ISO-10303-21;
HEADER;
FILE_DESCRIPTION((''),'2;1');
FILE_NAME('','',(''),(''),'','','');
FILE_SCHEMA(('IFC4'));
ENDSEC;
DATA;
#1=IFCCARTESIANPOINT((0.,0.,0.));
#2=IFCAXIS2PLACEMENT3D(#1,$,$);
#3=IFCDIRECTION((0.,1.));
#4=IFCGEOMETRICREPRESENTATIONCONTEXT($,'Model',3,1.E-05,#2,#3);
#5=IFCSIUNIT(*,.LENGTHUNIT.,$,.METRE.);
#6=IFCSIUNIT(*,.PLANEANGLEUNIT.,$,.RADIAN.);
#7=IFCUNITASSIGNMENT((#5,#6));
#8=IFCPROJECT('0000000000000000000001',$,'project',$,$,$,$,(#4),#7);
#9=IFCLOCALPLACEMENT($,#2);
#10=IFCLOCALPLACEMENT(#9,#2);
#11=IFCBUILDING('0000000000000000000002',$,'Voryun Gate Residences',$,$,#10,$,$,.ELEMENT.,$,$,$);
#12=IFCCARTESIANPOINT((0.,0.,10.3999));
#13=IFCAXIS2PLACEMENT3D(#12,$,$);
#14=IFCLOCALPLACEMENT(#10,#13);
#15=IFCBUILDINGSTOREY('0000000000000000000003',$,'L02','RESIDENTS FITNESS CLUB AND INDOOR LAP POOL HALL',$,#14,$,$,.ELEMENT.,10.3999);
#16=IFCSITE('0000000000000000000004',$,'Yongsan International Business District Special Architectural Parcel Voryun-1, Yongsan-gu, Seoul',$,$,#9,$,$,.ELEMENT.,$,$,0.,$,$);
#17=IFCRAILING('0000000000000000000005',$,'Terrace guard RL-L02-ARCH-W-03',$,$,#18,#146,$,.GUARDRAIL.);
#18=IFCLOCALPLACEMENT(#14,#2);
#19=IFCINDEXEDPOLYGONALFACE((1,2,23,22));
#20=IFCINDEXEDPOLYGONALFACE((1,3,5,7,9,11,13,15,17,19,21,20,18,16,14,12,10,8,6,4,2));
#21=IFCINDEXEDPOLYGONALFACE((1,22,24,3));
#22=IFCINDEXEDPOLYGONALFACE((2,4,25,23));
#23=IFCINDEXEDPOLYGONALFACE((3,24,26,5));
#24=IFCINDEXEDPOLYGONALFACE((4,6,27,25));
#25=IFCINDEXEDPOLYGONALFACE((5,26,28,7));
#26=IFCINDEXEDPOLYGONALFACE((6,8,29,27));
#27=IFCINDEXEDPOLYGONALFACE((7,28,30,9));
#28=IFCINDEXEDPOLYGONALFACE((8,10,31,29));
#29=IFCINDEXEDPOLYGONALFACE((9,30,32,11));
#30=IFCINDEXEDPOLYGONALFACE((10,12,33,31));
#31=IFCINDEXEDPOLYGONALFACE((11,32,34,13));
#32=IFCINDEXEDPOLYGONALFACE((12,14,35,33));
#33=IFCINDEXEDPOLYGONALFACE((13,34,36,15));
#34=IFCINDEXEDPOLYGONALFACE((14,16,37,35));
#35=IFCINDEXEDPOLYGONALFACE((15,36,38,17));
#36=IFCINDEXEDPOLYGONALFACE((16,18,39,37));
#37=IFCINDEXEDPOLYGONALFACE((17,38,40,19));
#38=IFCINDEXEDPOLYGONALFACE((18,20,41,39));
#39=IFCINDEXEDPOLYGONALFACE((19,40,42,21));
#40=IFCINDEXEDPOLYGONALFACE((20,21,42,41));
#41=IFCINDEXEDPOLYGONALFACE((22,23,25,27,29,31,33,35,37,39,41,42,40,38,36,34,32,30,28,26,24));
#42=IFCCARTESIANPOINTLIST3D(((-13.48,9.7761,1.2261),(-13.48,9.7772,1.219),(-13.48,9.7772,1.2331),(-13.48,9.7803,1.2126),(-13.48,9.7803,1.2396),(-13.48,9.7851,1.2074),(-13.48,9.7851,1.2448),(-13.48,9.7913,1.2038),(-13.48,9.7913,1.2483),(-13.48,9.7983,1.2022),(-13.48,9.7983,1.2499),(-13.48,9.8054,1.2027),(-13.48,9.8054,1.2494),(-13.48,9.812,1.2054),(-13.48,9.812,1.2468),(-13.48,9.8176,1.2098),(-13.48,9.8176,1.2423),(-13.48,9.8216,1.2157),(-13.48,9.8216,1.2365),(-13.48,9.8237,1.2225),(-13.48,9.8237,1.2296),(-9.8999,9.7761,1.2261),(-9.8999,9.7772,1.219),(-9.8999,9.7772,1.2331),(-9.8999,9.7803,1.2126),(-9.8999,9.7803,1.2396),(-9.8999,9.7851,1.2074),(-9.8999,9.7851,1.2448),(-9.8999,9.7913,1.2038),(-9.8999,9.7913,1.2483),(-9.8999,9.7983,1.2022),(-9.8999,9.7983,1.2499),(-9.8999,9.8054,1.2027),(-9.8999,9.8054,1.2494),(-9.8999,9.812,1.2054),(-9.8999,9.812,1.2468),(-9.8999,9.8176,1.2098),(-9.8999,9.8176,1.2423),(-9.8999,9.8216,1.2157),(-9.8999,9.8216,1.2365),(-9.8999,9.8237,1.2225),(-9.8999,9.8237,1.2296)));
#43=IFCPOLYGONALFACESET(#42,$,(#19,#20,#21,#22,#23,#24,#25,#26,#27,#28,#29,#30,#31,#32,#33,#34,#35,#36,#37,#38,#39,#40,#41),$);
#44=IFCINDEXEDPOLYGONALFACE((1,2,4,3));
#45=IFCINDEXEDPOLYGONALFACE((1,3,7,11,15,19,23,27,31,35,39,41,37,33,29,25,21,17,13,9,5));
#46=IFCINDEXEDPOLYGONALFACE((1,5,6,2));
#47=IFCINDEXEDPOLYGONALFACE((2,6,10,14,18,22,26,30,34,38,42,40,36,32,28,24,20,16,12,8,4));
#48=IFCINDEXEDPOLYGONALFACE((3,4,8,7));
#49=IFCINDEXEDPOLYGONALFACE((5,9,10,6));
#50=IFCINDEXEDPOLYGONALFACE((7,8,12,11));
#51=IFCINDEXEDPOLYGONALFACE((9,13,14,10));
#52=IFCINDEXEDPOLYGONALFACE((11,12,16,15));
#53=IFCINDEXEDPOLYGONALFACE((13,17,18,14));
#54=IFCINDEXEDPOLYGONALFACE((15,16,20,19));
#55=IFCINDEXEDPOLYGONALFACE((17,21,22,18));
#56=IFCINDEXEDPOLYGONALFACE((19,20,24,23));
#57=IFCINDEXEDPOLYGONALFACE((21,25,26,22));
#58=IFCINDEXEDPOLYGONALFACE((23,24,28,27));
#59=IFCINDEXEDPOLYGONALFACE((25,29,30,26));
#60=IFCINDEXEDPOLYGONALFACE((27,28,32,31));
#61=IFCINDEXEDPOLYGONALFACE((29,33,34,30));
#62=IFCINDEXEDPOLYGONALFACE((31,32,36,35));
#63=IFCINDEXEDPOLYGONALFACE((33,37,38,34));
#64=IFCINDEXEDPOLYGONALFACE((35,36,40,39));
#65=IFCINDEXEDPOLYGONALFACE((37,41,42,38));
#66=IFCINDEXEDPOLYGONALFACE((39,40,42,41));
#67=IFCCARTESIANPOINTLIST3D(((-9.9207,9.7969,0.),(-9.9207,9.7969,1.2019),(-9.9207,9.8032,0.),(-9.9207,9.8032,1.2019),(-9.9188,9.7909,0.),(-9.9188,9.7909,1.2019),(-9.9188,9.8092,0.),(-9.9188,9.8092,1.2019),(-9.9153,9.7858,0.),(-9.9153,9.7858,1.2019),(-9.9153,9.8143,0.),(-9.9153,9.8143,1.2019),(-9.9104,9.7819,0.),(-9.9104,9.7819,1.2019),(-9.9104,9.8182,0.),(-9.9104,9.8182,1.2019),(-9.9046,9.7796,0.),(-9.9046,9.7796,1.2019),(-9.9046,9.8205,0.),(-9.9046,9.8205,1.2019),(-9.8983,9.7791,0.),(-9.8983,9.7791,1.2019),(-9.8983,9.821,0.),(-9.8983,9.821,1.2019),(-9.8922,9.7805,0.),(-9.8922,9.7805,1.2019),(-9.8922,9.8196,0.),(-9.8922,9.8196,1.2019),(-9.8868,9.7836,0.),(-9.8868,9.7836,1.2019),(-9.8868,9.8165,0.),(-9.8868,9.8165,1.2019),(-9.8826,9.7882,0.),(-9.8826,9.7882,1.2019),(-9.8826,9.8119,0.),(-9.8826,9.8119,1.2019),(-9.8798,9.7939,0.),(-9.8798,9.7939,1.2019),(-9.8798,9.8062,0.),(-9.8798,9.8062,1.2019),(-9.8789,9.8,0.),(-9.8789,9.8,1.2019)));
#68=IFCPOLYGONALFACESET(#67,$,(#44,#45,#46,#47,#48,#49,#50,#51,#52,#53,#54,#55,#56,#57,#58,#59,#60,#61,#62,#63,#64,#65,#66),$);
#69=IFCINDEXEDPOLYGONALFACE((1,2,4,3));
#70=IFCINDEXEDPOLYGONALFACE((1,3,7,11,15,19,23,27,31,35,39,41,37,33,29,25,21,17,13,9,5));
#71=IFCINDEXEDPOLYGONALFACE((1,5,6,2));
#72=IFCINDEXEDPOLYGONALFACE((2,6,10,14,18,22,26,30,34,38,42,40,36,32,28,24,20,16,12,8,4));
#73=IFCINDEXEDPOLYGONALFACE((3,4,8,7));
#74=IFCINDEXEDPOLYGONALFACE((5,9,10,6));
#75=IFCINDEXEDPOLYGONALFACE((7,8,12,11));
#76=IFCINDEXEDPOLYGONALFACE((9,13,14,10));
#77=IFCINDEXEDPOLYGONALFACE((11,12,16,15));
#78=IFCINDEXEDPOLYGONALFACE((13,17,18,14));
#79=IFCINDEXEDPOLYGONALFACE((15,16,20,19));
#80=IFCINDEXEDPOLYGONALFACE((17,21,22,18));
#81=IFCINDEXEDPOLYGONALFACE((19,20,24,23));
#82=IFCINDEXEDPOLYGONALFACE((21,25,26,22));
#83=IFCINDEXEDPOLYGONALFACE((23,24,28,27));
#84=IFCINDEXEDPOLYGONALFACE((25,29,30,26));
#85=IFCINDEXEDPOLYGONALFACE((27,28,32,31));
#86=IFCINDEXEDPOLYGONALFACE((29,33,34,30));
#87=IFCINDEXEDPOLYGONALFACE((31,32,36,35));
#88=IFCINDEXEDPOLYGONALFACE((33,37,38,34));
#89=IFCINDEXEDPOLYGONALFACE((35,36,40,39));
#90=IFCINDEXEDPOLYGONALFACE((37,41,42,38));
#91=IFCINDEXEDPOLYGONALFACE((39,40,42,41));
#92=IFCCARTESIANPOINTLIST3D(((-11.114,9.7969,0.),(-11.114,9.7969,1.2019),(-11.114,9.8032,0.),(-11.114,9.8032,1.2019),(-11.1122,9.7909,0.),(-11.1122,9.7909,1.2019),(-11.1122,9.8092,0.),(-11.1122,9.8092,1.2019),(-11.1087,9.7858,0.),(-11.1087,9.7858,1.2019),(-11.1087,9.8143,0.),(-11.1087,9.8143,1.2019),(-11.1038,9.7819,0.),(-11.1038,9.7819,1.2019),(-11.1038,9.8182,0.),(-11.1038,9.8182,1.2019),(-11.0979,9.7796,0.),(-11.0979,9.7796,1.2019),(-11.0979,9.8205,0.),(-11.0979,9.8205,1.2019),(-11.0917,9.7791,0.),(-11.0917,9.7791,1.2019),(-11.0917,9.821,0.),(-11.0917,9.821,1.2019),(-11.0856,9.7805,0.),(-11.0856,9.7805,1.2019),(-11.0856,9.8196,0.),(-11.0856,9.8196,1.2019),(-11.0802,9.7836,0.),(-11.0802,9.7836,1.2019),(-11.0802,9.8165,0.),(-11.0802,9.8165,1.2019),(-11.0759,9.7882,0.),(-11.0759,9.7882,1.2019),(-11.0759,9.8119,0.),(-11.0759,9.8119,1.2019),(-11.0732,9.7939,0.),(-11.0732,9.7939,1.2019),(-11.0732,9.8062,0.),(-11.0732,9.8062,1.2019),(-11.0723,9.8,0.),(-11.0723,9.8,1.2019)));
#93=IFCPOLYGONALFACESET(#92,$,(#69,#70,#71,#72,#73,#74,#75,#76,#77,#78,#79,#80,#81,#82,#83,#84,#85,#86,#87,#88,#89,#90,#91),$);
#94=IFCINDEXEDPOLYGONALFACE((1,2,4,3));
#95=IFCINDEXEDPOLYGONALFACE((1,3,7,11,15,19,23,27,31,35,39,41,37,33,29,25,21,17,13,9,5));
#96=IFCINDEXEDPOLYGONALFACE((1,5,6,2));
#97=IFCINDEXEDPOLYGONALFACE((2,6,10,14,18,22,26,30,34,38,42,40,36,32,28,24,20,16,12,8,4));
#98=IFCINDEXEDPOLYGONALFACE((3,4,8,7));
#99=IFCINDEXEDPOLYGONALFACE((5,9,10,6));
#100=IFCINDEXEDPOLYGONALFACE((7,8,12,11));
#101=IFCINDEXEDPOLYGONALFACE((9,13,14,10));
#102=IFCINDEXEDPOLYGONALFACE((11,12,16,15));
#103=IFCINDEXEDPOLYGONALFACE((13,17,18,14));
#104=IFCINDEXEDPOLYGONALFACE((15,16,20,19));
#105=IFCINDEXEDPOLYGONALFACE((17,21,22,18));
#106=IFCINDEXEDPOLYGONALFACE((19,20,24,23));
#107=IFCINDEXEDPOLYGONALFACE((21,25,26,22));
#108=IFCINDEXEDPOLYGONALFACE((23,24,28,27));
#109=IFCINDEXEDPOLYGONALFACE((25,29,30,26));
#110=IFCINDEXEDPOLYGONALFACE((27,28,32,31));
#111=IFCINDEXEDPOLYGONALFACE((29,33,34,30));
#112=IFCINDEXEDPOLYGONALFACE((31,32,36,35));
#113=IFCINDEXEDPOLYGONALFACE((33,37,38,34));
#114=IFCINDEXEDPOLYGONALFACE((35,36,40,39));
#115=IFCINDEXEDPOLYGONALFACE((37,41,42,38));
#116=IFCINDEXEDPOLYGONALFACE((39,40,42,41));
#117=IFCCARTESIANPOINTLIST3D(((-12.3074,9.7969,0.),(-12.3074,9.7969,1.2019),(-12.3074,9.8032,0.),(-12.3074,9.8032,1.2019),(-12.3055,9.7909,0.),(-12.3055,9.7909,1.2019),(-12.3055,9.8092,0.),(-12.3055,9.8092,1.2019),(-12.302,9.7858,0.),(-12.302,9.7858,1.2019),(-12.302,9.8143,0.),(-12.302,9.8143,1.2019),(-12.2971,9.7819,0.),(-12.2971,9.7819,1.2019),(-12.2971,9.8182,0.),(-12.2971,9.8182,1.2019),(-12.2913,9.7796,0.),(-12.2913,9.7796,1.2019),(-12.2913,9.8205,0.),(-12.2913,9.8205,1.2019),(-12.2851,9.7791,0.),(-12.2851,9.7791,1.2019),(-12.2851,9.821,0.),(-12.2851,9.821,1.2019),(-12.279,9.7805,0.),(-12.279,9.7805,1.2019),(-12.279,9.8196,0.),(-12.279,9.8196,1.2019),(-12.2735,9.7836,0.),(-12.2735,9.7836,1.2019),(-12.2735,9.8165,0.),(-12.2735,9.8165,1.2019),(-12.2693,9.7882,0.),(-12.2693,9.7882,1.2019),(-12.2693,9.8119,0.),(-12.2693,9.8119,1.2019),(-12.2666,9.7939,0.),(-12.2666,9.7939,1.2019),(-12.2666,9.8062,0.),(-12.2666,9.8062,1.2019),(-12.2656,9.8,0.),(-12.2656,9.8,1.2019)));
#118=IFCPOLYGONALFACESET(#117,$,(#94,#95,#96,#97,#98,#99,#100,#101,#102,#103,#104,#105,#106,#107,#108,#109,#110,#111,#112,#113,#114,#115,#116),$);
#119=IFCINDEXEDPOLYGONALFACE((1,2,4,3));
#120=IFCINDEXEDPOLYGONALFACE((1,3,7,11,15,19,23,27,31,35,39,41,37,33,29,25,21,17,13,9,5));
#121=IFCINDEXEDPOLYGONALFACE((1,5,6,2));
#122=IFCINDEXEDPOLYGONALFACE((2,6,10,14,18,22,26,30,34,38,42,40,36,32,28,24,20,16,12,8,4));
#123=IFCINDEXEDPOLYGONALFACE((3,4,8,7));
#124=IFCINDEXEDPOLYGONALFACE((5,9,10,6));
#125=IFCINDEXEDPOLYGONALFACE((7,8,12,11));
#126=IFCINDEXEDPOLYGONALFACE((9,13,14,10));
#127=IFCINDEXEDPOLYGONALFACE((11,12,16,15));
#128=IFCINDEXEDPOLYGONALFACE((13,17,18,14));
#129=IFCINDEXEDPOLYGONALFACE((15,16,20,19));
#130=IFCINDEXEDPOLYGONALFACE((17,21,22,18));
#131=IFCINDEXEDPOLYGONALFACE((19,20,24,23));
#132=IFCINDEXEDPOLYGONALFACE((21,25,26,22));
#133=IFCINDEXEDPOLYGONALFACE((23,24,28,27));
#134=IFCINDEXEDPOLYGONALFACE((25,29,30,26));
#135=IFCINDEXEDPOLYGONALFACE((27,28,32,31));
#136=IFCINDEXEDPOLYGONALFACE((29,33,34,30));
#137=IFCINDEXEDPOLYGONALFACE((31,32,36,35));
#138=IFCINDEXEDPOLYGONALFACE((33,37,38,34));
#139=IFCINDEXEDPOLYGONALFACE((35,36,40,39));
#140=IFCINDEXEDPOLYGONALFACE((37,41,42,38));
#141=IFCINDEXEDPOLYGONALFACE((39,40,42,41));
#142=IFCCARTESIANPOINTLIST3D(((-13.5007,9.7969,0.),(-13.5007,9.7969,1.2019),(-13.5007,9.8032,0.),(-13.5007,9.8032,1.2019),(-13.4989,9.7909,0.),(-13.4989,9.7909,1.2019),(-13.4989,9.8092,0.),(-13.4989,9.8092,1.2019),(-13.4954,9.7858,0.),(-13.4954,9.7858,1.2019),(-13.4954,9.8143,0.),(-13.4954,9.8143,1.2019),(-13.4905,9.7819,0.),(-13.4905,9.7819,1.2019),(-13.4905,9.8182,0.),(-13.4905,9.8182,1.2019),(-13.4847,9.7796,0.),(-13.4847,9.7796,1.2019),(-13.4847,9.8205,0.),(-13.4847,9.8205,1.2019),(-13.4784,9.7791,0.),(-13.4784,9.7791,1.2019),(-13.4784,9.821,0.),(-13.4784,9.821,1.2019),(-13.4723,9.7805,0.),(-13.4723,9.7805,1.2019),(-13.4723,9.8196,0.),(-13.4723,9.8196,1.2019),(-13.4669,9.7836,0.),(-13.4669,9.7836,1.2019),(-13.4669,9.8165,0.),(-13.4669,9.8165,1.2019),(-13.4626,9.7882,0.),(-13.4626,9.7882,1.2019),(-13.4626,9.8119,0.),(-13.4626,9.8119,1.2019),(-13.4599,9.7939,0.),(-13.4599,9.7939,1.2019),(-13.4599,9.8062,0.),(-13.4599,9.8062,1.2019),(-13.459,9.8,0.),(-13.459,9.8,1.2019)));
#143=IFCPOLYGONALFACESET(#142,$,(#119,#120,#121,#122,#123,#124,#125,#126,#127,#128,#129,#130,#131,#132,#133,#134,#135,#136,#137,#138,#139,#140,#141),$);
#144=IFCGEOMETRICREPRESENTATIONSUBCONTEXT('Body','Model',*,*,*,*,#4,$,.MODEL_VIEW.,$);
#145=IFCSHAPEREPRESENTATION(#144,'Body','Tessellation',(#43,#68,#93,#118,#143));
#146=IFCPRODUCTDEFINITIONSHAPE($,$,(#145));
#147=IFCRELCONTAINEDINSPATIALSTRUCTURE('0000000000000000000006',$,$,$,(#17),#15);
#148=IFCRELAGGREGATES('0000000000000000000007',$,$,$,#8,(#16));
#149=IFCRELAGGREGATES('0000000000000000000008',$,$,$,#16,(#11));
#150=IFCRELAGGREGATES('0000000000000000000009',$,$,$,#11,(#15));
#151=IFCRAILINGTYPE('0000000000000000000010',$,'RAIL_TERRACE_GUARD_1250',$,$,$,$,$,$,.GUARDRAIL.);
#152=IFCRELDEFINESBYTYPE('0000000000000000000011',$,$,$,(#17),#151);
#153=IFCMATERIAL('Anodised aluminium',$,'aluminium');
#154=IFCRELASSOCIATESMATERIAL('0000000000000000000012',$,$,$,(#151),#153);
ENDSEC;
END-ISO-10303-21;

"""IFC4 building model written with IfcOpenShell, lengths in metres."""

from ifc_helpers import new_model, si_unit, direction, frame, origin, origin_2d, place, context, subcontext, project, spatial, circle, extrude, material, type_object, element, save


model = new_model("IFC4")

# Units and contexts
model_context = context("Model", 3, precision=1e-05, world=origin(), true_north=direction((0.0, 1.0)))
body_context = subcontext(model_context, "Body", "Model", "MODEL_VIEW")
ifc_project = project(units=[si_unit("LENGTHUNIT", "METRE"), si_unit("PLANEANGLEUNIT", "RADIAN")], contexts=[model_context])

# Site, building, storey
site_placement = place(None, origin())
site = spatial("IfcSite", under=ifc_project, at=site_placement, Name="Yongsan International Business District Special Architectural Parcel Voryun-1, Yongsan-gu, Seoul", CompositionType="ELEMENT", RefElevation=0.0)
building_placement = place(site_placement, origin())
building = spatial("IfcBuilding", under=site, at=building_placement, Name="Voryun Gate Residences", CompositionType="ELEMENT")
storey_placement = place(building_placement, frame((0.0, 0.0, 10.3999)))
storey = spatial("IfcBuildingStorey", under=building, at=storey_placement, Name="L02", Description="RESIDENTS FITNESS CLUB AND INDOOR LAP POOL HALL", CompositionType="ELEMENT", Elevation=10.3999)

# Railing
ifc_material_1 = material(Name="Anodised aluminium", Category="aluminium")
railing_type = type_object("IfcRailingType", Name="RAIL_TERRACE_GUARD_1250", PredefinedType="GUARDRAIL", material=ifc_material_1)
railing_1_placement = place(storey_placement, frame((-9.8999, 9.8, 0.0)))
element("IfcRailing", 1, at=railing_1_placement, inside=storey, type_object=railing_type, Name="Terrace guard RL-L02-ARCH-W-03", PredefinedType="GUARDRAIL", context=body_context, shape_type="SweptSolid", body=[
    extrude(circle(Radius=0.0239, at=origin_2d()), frame((0.0, 0.0, 1.2261), z_axis=(-1.0, 0.0, 0.0), x_axis=(0.0, -1.0, 0.0)), (0.0, 0.0, 1.0), 3.5801),
    extrude(circle(Radius=0.021, at=origin_2d()), origin(), (0.0, 0.0, 1.0), 1.2019),
    extrude(circle(Radius=0.021, at=origin_2d()), frame((-1.1934, 0.0, 0.0)), (0.0, 0.0, 1.0), 1.2019),
    extrude(circle(Radius=0.021, at=origin_2d()), frame((-2.3867, 0.0, 0.0)), (0.0, 0.0, 1.0), 1.2019),
    extrude(circle(Radius=0.021, at=origin_2d()), frame((-3.5801, 0.0, 0.0)), (0.0, 0.0, 1.0), 1.2019),
])

save(model, "model.ifc")
